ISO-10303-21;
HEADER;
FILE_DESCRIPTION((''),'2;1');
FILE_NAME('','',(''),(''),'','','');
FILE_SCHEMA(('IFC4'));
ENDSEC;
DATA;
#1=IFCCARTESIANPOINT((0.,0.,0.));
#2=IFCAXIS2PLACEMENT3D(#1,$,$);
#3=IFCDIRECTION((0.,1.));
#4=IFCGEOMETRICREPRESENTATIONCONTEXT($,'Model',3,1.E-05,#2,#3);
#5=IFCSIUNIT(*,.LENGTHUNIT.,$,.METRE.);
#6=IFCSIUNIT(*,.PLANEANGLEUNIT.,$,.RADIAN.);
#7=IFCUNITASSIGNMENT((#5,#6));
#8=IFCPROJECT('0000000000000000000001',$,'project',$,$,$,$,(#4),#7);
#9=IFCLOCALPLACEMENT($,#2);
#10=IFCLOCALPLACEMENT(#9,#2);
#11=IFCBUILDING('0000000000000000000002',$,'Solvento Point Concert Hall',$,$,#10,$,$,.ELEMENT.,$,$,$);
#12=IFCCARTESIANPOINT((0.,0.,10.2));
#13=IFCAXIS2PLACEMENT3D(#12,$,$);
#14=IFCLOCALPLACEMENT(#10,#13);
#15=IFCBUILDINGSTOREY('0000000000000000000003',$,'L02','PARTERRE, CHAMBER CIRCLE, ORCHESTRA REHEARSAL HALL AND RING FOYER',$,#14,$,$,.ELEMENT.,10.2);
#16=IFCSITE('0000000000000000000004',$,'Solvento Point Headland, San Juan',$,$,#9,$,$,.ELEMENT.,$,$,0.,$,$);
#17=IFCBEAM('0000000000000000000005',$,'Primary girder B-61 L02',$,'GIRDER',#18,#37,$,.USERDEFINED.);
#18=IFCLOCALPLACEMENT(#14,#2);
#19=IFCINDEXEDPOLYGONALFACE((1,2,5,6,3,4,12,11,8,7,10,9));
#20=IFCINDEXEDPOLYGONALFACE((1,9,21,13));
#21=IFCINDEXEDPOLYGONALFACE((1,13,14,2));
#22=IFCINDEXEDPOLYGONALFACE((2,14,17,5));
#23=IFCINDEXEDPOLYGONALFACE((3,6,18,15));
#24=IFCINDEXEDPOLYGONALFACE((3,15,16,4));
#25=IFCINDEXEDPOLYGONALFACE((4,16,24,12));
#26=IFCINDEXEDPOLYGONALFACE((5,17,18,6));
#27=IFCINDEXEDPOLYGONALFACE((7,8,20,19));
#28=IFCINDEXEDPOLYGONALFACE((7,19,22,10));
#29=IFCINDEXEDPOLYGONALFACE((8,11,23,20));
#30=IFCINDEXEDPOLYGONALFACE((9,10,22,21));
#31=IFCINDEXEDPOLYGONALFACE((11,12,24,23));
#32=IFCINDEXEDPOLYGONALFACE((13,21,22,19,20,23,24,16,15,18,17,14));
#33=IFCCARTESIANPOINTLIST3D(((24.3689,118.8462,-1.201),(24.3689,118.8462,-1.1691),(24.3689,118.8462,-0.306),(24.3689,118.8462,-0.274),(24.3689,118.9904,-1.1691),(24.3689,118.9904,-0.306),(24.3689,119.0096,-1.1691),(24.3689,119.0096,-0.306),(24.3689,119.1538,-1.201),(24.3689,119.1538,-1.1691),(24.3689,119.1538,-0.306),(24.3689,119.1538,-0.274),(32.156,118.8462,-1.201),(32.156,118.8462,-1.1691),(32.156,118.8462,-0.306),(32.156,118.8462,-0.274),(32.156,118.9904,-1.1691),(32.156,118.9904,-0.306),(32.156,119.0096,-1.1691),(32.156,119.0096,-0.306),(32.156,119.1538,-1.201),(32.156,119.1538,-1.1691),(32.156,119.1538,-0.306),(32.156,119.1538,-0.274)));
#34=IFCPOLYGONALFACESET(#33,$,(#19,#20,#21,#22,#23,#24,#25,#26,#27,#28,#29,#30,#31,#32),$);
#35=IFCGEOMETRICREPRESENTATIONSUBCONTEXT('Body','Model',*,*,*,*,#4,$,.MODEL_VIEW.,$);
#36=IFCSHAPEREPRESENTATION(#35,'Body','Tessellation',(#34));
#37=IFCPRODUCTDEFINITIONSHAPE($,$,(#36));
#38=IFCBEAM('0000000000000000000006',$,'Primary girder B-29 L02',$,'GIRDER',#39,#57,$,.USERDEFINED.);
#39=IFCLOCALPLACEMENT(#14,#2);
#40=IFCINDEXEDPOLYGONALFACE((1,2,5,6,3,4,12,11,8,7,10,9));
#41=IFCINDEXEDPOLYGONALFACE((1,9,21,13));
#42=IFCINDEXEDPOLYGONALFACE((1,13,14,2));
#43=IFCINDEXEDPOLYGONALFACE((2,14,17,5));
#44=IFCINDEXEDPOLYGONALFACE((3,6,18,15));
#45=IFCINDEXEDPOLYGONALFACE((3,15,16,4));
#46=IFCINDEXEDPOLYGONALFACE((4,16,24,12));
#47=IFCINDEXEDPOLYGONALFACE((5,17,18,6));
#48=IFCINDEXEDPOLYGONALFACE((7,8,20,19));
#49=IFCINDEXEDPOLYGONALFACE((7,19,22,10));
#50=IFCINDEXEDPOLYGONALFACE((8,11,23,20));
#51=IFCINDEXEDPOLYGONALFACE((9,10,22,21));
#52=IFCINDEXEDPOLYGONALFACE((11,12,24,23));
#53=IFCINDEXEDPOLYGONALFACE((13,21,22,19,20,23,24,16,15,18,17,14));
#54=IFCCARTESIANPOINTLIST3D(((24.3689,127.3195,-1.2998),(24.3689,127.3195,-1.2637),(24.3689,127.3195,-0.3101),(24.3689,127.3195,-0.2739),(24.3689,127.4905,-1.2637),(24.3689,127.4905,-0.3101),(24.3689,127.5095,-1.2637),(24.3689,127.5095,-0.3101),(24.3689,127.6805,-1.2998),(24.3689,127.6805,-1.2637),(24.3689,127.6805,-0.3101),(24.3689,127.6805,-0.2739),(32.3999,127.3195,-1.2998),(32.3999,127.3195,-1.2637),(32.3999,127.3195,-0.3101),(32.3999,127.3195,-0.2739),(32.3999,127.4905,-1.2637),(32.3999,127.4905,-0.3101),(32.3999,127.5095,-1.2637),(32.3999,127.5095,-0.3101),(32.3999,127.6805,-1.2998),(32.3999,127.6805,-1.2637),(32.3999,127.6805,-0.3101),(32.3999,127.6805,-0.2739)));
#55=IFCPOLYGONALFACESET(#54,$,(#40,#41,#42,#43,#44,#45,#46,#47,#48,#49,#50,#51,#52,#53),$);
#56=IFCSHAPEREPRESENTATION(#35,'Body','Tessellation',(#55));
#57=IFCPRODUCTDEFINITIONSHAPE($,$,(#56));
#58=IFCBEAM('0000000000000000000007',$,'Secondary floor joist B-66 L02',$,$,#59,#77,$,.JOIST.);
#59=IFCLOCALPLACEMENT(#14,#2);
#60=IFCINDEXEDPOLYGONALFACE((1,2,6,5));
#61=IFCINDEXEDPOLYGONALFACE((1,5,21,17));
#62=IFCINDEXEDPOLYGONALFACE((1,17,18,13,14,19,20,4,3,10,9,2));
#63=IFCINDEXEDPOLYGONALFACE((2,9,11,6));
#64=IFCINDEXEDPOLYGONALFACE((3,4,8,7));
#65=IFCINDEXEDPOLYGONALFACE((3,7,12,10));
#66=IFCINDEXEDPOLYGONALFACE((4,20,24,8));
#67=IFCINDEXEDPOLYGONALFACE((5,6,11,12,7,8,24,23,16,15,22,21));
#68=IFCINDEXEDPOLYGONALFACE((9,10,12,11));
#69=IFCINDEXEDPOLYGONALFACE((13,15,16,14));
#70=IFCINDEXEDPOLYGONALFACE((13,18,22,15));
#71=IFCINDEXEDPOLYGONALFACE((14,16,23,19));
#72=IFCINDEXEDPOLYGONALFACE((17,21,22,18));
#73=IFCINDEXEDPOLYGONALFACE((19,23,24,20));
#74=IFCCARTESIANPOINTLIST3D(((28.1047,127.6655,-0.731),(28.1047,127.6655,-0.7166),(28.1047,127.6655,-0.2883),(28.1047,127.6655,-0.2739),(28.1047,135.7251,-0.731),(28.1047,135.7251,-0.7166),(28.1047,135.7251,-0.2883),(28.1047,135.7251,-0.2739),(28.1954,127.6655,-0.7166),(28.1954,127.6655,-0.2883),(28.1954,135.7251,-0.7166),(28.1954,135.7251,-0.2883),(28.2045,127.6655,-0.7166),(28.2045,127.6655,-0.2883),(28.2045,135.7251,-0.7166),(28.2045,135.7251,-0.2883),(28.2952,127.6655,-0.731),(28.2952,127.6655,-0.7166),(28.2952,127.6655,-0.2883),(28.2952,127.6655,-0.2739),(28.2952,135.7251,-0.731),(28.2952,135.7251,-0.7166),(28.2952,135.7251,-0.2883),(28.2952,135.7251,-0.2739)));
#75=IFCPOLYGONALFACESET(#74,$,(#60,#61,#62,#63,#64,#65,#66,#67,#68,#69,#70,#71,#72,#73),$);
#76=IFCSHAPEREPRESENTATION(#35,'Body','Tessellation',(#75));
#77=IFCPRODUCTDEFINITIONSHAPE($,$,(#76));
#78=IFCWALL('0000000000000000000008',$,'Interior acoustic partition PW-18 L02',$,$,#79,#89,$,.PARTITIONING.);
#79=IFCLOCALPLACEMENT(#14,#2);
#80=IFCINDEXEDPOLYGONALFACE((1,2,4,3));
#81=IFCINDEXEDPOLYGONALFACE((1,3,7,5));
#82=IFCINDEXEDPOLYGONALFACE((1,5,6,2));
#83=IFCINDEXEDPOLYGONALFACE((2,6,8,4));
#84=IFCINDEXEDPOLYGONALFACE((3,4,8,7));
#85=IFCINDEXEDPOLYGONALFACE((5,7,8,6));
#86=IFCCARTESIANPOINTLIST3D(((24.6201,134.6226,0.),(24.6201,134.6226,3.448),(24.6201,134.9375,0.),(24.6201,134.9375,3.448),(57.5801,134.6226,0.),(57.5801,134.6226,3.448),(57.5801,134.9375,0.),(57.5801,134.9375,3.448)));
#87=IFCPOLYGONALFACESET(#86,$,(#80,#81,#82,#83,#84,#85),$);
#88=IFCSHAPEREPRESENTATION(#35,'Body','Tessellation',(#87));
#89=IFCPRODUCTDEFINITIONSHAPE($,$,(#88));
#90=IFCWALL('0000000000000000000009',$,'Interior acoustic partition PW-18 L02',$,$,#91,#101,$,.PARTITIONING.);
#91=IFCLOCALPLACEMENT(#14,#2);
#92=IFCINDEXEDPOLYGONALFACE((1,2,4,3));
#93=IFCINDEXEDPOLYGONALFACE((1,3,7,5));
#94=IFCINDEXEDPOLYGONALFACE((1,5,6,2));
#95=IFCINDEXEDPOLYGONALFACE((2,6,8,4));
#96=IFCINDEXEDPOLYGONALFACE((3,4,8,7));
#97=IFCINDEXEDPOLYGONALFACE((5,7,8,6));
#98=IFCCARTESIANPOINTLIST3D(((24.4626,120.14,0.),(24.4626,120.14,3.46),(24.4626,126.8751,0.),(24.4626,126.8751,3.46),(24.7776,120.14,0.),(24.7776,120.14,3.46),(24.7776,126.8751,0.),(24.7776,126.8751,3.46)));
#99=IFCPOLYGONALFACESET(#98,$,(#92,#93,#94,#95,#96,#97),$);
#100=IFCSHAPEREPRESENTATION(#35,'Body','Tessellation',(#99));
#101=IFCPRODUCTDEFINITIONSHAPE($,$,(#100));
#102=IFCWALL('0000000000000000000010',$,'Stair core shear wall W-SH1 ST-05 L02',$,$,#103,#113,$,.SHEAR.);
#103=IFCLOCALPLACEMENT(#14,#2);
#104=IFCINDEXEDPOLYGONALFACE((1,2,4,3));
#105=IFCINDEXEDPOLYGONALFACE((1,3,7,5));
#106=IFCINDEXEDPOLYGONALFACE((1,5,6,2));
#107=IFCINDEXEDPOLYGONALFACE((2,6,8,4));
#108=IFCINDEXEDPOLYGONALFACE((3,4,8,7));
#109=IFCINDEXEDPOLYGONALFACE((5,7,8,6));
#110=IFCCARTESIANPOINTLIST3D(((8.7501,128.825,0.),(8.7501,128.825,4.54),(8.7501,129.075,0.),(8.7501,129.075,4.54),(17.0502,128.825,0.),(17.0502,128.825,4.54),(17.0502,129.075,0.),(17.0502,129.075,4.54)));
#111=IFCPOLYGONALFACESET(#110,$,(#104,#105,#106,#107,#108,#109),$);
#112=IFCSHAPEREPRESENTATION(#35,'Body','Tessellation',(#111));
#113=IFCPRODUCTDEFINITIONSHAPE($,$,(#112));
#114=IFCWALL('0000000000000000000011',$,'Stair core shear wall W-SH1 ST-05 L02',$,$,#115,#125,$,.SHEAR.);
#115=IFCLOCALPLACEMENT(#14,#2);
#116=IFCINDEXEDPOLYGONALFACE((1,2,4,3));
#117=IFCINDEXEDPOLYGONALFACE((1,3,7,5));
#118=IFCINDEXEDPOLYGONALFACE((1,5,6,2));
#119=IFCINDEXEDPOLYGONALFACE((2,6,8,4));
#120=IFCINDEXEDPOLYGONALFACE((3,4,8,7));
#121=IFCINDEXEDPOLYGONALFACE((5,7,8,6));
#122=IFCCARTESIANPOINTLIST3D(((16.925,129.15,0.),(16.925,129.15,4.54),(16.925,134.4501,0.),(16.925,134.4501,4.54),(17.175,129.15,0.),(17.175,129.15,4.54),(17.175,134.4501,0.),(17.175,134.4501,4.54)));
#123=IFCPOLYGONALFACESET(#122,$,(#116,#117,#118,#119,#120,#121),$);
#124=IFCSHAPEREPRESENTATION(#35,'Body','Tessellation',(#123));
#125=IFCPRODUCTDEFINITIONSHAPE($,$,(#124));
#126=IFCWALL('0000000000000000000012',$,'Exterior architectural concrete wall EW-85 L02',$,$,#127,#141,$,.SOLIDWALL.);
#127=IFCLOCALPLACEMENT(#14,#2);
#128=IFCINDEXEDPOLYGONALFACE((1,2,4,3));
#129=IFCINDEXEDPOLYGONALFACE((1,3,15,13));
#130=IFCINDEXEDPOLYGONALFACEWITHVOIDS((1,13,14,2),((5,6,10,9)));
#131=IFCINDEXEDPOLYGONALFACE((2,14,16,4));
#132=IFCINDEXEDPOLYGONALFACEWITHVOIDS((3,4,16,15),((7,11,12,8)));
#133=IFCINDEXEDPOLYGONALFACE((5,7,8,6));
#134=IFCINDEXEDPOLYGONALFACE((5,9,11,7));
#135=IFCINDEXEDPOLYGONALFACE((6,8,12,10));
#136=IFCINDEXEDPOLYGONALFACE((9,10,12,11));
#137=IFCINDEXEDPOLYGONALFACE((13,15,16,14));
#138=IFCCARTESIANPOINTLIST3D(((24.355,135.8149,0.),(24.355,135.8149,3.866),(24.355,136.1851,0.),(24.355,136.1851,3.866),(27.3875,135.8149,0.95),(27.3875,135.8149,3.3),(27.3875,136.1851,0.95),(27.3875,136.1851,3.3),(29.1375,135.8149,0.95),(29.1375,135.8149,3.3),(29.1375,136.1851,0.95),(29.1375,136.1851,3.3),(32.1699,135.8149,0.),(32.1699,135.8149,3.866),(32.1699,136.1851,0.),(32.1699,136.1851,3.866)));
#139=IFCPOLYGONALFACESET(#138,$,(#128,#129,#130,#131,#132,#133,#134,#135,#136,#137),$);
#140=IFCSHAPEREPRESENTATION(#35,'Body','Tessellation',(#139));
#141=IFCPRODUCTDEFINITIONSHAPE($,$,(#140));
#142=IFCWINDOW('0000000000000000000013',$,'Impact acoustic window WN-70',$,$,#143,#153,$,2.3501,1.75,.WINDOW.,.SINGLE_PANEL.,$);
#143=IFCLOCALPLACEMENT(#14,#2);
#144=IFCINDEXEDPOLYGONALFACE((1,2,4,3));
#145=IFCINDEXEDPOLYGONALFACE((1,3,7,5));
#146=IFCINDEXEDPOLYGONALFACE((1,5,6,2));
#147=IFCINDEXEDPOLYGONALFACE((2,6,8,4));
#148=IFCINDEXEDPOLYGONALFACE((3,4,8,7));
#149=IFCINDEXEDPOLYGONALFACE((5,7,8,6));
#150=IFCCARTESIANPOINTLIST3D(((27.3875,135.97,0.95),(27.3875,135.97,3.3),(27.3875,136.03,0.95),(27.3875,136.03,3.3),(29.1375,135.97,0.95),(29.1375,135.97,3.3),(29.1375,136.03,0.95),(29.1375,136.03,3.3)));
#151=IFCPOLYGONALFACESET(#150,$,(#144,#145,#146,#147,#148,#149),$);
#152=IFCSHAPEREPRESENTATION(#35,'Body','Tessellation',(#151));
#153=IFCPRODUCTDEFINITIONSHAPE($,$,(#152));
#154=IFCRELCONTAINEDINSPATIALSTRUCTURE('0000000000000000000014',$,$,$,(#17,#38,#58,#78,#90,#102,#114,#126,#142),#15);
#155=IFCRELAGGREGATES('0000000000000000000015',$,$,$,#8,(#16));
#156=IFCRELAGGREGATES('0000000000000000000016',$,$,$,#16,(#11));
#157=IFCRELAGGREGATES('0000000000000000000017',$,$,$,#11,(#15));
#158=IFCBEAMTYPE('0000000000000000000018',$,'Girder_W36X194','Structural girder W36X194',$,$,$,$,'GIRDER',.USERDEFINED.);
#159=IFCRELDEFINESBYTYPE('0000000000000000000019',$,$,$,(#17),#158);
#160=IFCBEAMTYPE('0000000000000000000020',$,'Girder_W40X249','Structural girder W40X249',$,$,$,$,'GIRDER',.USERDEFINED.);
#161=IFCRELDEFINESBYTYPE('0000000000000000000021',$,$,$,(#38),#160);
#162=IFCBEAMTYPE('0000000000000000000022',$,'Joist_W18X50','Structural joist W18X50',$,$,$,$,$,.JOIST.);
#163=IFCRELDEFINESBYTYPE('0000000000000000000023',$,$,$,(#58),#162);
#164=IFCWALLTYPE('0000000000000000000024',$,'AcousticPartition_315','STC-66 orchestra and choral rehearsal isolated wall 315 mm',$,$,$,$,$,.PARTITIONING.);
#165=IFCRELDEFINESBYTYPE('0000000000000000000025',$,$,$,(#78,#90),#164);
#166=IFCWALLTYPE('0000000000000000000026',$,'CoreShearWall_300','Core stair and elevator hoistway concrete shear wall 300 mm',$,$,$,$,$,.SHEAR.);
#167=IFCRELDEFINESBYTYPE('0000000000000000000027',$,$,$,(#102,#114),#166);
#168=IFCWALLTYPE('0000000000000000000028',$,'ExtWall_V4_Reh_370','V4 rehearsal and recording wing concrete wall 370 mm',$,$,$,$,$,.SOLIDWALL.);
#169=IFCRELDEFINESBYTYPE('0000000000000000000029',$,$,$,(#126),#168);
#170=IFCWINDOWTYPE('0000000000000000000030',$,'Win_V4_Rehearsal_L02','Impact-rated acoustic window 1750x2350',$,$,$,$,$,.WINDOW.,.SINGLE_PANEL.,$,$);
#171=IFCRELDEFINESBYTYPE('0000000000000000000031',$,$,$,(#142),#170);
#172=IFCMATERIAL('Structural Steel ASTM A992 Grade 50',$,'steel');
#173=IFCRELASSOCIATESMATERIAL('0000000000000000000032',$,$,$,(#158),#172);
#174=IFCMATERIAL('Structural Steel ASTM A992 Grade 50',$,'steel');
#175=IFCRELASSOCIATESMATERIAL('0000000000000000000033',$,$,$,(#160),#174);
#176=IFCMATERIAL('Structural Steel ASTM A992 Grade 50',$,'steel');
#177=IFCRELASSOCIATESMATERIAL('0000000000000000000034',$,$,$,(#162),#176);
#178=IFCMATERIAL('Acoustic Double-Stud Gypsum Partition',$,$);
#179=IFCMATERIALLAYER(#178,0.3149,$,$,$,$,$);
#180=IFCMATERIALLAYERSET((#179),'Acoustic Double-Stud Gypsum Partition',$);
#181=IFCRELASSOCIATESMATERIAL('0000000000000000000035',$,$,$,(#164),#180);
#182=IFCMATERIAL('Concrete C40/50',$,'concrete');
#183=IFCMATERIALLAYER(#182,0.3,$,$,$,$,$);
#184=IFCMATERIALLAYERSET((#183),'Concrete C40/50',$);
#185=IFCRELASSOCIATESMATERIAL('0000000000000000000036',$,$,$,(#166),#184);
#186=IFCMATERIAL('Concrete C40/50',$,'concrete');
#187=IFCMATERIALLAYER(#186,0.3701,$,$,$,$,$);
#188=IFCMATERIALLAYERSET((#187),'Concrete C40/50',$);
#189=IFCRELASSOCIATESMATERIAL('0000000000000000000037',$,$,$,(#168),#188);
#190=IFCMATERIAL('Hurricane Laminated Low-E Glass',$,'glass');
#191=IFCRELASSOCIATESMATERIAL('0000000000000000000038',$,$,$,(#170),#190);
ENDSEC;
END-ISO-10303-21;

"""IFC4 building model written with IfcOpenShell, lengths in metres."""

from ifc_helpers import new_model, si_unit, direction, frame, frame_2d, origin, origin_2d, place, context, subcontext, project, spatial, rectangle, i_section, extrude, material, layer, layer_set, material_profile, profile_set, type_object, element, fill, save


model = new_model("IFC4")

# Units and contexts
model_context = context("Model", 3, precision=1e-05, world=origin(), true_north=direction((0.0, 1.0)))
body_context = subcontext(model_context, "Body", "Model", "MODEL_VIEW")
ifc_project = project(units=[si_unit("LENGTHUNIT", "METRE"), si_unit("PLANEANGLEUNIT", "RADIAN")], contexts=[model_context])

# Site, building, storey
site_placement = place(None, origin())
site = spatial("IfcSite", under=ifc_project, at=site_placement, Name="Solvento Point Headland, San Juan", CompositionType="ELEMENT", RefElevation=0.0)
building_placement = place(site_placement, origin())
building = spatial("IfcBuilding", under=site, at=building_placement, Name="Solvento Point Concert Hall", CompositionType="ELEMENT")
storey_placement = place(building_placement, frame((0.0, 0.0, 10.2)))
storey = spatial("IfcBuildingStorey", under=building, at=storey_placement, Name="L02", Description="PARTERRE, CHAMBER CIRCLE, ORCHESTRA REHEARSAL HALL AND RING FOYER", CompositionType="ELEMENT", Elevation=10.2)

# Beams
ifc_material_1 = material(Name="Structural Steel ASTM A992 Grade 50", Category="steel")
ifc_material_profile_1 = material_profile(ifc_material_1, i_section(OverallWidth=0.3076, OverallDepth=0.927, WebThickness=0.0193, FlangeThickness=0.032, at=origin_2d()), Name="W36X194")
ifc_profile_set_1 = profile_set([ifc_material_profile_1], Name="Structural Steel ASTM A992 Grade 50")
beam_type_1 = type_object("IfcBeamType", Name="Girder_W36X194", Description="Structural girder W36X194", ElementType="GIRDER", PredefinedType="USERDEFINED", material=ifc_profile_set_1)
beam_1_placement = place(storey_placement, frame((24.3689, 119.0, -0.7375), z_axis=(1.0, 0.0, 0.0), x_axis=(0.0, 1.0, 0.0)))
element("IfcBeam", 1, at=beam_1_placement, inside=storey, type_object=beam_type_1, Name="Primary girder B-61 L02", ObjectType="GIRDER", PredefinedType="USERDEFINED", context=body_context, shape_type="SweptSolid", body=[
    extrude(i_section(OverallWidth=0.3076, OverallDepth=0.927, WebThickness=0.0193, FlangeThickness=0.032, at=origin_2d()), origin(), (0.0, 0.0, 1.0), 7.7871),
])
ifc_material_2 = material(Name="Structural Steel ASTM A992 Grade 50", Category="steel")
ifc_material_profile_2 = material_profile(ifc_material_2, i_section(OverallWidth=0.3611, OverallDepth=1.0259, WebThickness=0.019, FlangeThickness=0.0361, at=origin_2d()), Name="W40X249")
ifc_profile_set_2 = profile_set([ifc_material_profile_2], Name="Structural Steel ASTM A992 Grade 50")
beam_type_2 = type_object("IfcBeamType", Name="Girder_W40X249", Description="Structural girder W40X249", ElementType="GIRDER", PredefinedType="USERDEFINED", material=ifc_profile_set_2)
beam_2_placement = place(storey_placement, frame((24.3689, 127.5, -0.7869), z_axis=(1.0, 0.0, 0.0), x_axis=(0.0, 1.0, 0.0)))
element("IfcBeam", 2, at=beam_2_placement, inside=storey, type_object=beam_type_2, Name="Primary girder B-29 L02", ObjectType="GIRDER", PredefinedType="USERDEFINED", context=body_context, shape_type="SweptSolid", body=[
    extrude(i_section(OverallWidth=0.3611, OverallDepth=1.0259, WebThickness=0.019, FlangeThickness=0.0361, at=origin_2d()), origin(), (0.0, 0.0, 1.0), 8.031),
])
ifc_material_3 = material(Name="Structural Steel ASTM A992 Grade 50", Category="steel")
ifc_material_profile_3 = material_profile(ifc_material_3, i_section(OverallWidth=0.1904, OverallDepth=0.457, WebThickness=0.009, FlangeThickness=0.0144, at=origin_2d()), Name="W18X50")
ifc_profile_set_3 = profile_set([ifc_material_profile_3], Name="Structural Steel ASTM A992 Grade 50")
beam_type_3 = type_object("IfcBeamType", Name="Joist_W18X50", Description="Structural joist W18X50", PredefinedType="JOIST", material=ifc_profile_set_3)
beam_3_placement = place(storey_placement, frame((28.2, 127.6655, -0.5024), z_axis=(0.0, 1.0, 0.0), x_axis=(-1.0, 0.0, 0.0)))
element("IfcBeam", 3, at=beam_3_placement, inside=storey, type_object=beam_type_3, Name="Secondary floor joist B-66 L02", PredefinedType="JOIST", context=body_context, shape_type="SweptSolid", body=[
    extrude(i_section(OverallWidth=0.1904, OverallDepth=0.457, WebThickness=0.009, FlangeThickness=0.0144, at=origin_2d()), origin(), (0.0, 0.0, 1.0), 8.0596),
])

# Walls
ifc_material_4 = material(Name="Acoustic Double-Stud Gypsum Partition")
ifc_layer_1 = layer(ifc_material_4, 0.3149)
ifc_layer_set_1 = layer_set([ifc_layer_1], Name="Acoustic Double-Stud Gypsum Partition")
wall_type_1 = type_object("IfcWallType", Name="AcousticPartition_315", Description="STC-66 orchestra and choral rehearsal isolated wall 315 mm", PredefinedType="PARTITIONING", material=ifc_layer_set_1)
wall_1_placement = place(storey_placement, frame((24.6201, 134.78, 0.0), z_axis=(0.0, 0.0, 1.0), x_axis=(1.0, 0.0, 0.0)))
element("IfcWall", 4, at=wall_1_placement, inside=storey, type_object=wall_type_1, Name="Interior acoustic partition PW-18 L02", PredefinedType="PARTITIONING", context=body_context, shape_type="SweptSolid", body=[
    extrude(rectangle(XDim=32.96, YDim=0.3149, at=frame_2d((16.48, 0.0))), origin(), (0.0, 0.0, 1.0), 3.448),
])
wall_2_placement = place(storey_placement, frame((24.6201, 120.1399, 0.0), z_axis=(0.0, 0.0, 1.0), x_axis=(0.0, 1.0, 0.0)))
element("IfcWall", 5, at=wall_2_placement, inside=storey, type_object=wall_type_1, Name="Interior acoustic partition PW-18 L02", PredefinedType="PARTITIONING", context=body_context, shape_type="SweptSolid", body=[
    extrude(rectangle(XDim=6.7351, YDim=0.3149, at=frame_2d((3.3677, 0.0))), origin(), (0.0, 0.0, 1.0), 3.46),
])
ifc_material_5 = material(Name="Concrete C40/50", Category="concrete")
ifc_layer_2 = layer(ifc_material_5, 0.3)
ifc_layer_set_2 = layer_set([ifc_layer_2], Name="Concrete C40/50")
wall_type_2 = type_object("IfcWallType", Name="CoreShearWall_300", Description="Core stair and elevator hoistway concrete shear wall 300 mm", PredefinedType="SHEAR", material=ifc_layer_set_2)
wall_3_placement = place(storey_placement, frame((17.05, 128.95, 0.0), z_axis=(0.0, 0.0, 1.0), x_axis=(-1.0, 0.0, 0.0)))
element("IfcWall", 6, at=wall_3_placement, inside=storey, type_object=wall_type_2, Name="Stair core shear wall W-SH1 ST-05 L02", PredefinedType="SHEAR", context=body_context, shape_type="SweptSolid", body=[
    extrude(rectangle(XDim=8.3, YDim=0.25, at=frame_2d((4.1499, 0.0))), origin(), (0.0, 0.0, 1.0), 4.54),
])
wall_4_placement = place(storey_placement, frame((17.05, 134.45, 0.0), z_axis=(0.0, 0.0, 1.0), x_axis=(0.0, -1.0, 0.0)))
element("IfcWall", 7, at=wall_4_placement, inside=storey, type_object=wall_type_2, Name="Stair core shear wall W-SH1 ST-05 L02", PredefinedType="SHEAR", context=body_context, shape_type="SweptSolid", body=[
    extrude(rectangle(XDim=5.3, YDim=0.25, at=frame_2d((2.6499, 0.0))), origin(), (0.0, 0.0, 1.0), 4.54),
])

# Wall, opening, window
ifc_material_6 = material(Name="Concrete C40/50", Category="concrete")
ifc_layer_3 = layer(ifc_material_6, 0.3701)
ifc_layer_set_3 = layer_set([ifc_layer_3], Name="Concrete C40/50")
wall_type_3 = type_object("IfcWallType", Name="ExtWall_V4_Reh_370", Description="V4 rehearsal and recording wing concrete wall 370 mm", PredefinedType="SOLIDWALL", material=ifc_layer_set_3)
wall_5_placement = place(storey_placement, frame((24.355, 136.0, 0.0), z_axis=(0.0, 0.0, 1.0), x_axis=(1.0, 0.0, 0.0)))
wall_5 = element("IfcWall", 8, at=wall_5_placement, inside=storey, type_object=wall_type_3, Name="Exterior architectural concrete wall EW-85 L02", PredefinedType="SOLIDWALL", context=body_context, shape_type="SweptSolid", body=[
    extrude(rectangle(XDim=7.8149, YDim=0.3701, at=frame_2d((3.9075, 0.0))), origin(), (0.0, 0.0, 1.0), 3.866),
])
opening_1_placement = place(wall_5_placement, frame((3.0325, 0.0, 0.95)))
opening_1 = element("IfcOpeningElement", 9, at=opening_1_placement, cuts=wall_5, PredefinedType="OPENING", context=body_context, shape_type="SweptSolid", body=[
    extrude(rectangle(XDim=1.75, YDim=2.3501, at=frame_2d((0.875, 1.175))), frame((0.0, 0.1951, 0.0), z_axis=(0.0, -1.0, 0.0), x_axis=(1.0, 0.0, 0.0)), (0.0, 0.0, 1.0), 0.3901),
])
ifc_material_7 = material(Name="Hurricane Laminated Low-E Glass", Category="glass")
window_type_1 = type_object("IfcWindowType", Name="Win_V4_Rehearsal_L02", Description="Impact-rated acoustic window 1750x2350", PartitioningType="SINGLE_PANEL", PredefinedType="WINDOW", material=ifc_material_7)
window_1_placement = place(opening_1_placement, origin())
window_1 = element("IfcWindow", 10, at=window_1_placement, inside=storey, type_object=window_type_1, Name="Impact acoustic window WN-70", OverallHeight=2.3501, OverallWidth=1.75, PartitioningType="SINGLE_PANEL", PredefinedType="WINDOW", context=body_context, shape_type="SweptSolid", body=[
    extrude(rectangle(XDim=1.75, YDim=2.3501, at=frame_2d((0.875, 1.175))), frame((0.0, 0.03, 0.0), z_axis=(0.0, -1.0, 0.0), x_axis=(1.0, 0.0, 0.0)), (0.0, 0.0, 1.0), 0.0601),
])
fill(opening_1, window_1)

save(model, "model.ifc")
